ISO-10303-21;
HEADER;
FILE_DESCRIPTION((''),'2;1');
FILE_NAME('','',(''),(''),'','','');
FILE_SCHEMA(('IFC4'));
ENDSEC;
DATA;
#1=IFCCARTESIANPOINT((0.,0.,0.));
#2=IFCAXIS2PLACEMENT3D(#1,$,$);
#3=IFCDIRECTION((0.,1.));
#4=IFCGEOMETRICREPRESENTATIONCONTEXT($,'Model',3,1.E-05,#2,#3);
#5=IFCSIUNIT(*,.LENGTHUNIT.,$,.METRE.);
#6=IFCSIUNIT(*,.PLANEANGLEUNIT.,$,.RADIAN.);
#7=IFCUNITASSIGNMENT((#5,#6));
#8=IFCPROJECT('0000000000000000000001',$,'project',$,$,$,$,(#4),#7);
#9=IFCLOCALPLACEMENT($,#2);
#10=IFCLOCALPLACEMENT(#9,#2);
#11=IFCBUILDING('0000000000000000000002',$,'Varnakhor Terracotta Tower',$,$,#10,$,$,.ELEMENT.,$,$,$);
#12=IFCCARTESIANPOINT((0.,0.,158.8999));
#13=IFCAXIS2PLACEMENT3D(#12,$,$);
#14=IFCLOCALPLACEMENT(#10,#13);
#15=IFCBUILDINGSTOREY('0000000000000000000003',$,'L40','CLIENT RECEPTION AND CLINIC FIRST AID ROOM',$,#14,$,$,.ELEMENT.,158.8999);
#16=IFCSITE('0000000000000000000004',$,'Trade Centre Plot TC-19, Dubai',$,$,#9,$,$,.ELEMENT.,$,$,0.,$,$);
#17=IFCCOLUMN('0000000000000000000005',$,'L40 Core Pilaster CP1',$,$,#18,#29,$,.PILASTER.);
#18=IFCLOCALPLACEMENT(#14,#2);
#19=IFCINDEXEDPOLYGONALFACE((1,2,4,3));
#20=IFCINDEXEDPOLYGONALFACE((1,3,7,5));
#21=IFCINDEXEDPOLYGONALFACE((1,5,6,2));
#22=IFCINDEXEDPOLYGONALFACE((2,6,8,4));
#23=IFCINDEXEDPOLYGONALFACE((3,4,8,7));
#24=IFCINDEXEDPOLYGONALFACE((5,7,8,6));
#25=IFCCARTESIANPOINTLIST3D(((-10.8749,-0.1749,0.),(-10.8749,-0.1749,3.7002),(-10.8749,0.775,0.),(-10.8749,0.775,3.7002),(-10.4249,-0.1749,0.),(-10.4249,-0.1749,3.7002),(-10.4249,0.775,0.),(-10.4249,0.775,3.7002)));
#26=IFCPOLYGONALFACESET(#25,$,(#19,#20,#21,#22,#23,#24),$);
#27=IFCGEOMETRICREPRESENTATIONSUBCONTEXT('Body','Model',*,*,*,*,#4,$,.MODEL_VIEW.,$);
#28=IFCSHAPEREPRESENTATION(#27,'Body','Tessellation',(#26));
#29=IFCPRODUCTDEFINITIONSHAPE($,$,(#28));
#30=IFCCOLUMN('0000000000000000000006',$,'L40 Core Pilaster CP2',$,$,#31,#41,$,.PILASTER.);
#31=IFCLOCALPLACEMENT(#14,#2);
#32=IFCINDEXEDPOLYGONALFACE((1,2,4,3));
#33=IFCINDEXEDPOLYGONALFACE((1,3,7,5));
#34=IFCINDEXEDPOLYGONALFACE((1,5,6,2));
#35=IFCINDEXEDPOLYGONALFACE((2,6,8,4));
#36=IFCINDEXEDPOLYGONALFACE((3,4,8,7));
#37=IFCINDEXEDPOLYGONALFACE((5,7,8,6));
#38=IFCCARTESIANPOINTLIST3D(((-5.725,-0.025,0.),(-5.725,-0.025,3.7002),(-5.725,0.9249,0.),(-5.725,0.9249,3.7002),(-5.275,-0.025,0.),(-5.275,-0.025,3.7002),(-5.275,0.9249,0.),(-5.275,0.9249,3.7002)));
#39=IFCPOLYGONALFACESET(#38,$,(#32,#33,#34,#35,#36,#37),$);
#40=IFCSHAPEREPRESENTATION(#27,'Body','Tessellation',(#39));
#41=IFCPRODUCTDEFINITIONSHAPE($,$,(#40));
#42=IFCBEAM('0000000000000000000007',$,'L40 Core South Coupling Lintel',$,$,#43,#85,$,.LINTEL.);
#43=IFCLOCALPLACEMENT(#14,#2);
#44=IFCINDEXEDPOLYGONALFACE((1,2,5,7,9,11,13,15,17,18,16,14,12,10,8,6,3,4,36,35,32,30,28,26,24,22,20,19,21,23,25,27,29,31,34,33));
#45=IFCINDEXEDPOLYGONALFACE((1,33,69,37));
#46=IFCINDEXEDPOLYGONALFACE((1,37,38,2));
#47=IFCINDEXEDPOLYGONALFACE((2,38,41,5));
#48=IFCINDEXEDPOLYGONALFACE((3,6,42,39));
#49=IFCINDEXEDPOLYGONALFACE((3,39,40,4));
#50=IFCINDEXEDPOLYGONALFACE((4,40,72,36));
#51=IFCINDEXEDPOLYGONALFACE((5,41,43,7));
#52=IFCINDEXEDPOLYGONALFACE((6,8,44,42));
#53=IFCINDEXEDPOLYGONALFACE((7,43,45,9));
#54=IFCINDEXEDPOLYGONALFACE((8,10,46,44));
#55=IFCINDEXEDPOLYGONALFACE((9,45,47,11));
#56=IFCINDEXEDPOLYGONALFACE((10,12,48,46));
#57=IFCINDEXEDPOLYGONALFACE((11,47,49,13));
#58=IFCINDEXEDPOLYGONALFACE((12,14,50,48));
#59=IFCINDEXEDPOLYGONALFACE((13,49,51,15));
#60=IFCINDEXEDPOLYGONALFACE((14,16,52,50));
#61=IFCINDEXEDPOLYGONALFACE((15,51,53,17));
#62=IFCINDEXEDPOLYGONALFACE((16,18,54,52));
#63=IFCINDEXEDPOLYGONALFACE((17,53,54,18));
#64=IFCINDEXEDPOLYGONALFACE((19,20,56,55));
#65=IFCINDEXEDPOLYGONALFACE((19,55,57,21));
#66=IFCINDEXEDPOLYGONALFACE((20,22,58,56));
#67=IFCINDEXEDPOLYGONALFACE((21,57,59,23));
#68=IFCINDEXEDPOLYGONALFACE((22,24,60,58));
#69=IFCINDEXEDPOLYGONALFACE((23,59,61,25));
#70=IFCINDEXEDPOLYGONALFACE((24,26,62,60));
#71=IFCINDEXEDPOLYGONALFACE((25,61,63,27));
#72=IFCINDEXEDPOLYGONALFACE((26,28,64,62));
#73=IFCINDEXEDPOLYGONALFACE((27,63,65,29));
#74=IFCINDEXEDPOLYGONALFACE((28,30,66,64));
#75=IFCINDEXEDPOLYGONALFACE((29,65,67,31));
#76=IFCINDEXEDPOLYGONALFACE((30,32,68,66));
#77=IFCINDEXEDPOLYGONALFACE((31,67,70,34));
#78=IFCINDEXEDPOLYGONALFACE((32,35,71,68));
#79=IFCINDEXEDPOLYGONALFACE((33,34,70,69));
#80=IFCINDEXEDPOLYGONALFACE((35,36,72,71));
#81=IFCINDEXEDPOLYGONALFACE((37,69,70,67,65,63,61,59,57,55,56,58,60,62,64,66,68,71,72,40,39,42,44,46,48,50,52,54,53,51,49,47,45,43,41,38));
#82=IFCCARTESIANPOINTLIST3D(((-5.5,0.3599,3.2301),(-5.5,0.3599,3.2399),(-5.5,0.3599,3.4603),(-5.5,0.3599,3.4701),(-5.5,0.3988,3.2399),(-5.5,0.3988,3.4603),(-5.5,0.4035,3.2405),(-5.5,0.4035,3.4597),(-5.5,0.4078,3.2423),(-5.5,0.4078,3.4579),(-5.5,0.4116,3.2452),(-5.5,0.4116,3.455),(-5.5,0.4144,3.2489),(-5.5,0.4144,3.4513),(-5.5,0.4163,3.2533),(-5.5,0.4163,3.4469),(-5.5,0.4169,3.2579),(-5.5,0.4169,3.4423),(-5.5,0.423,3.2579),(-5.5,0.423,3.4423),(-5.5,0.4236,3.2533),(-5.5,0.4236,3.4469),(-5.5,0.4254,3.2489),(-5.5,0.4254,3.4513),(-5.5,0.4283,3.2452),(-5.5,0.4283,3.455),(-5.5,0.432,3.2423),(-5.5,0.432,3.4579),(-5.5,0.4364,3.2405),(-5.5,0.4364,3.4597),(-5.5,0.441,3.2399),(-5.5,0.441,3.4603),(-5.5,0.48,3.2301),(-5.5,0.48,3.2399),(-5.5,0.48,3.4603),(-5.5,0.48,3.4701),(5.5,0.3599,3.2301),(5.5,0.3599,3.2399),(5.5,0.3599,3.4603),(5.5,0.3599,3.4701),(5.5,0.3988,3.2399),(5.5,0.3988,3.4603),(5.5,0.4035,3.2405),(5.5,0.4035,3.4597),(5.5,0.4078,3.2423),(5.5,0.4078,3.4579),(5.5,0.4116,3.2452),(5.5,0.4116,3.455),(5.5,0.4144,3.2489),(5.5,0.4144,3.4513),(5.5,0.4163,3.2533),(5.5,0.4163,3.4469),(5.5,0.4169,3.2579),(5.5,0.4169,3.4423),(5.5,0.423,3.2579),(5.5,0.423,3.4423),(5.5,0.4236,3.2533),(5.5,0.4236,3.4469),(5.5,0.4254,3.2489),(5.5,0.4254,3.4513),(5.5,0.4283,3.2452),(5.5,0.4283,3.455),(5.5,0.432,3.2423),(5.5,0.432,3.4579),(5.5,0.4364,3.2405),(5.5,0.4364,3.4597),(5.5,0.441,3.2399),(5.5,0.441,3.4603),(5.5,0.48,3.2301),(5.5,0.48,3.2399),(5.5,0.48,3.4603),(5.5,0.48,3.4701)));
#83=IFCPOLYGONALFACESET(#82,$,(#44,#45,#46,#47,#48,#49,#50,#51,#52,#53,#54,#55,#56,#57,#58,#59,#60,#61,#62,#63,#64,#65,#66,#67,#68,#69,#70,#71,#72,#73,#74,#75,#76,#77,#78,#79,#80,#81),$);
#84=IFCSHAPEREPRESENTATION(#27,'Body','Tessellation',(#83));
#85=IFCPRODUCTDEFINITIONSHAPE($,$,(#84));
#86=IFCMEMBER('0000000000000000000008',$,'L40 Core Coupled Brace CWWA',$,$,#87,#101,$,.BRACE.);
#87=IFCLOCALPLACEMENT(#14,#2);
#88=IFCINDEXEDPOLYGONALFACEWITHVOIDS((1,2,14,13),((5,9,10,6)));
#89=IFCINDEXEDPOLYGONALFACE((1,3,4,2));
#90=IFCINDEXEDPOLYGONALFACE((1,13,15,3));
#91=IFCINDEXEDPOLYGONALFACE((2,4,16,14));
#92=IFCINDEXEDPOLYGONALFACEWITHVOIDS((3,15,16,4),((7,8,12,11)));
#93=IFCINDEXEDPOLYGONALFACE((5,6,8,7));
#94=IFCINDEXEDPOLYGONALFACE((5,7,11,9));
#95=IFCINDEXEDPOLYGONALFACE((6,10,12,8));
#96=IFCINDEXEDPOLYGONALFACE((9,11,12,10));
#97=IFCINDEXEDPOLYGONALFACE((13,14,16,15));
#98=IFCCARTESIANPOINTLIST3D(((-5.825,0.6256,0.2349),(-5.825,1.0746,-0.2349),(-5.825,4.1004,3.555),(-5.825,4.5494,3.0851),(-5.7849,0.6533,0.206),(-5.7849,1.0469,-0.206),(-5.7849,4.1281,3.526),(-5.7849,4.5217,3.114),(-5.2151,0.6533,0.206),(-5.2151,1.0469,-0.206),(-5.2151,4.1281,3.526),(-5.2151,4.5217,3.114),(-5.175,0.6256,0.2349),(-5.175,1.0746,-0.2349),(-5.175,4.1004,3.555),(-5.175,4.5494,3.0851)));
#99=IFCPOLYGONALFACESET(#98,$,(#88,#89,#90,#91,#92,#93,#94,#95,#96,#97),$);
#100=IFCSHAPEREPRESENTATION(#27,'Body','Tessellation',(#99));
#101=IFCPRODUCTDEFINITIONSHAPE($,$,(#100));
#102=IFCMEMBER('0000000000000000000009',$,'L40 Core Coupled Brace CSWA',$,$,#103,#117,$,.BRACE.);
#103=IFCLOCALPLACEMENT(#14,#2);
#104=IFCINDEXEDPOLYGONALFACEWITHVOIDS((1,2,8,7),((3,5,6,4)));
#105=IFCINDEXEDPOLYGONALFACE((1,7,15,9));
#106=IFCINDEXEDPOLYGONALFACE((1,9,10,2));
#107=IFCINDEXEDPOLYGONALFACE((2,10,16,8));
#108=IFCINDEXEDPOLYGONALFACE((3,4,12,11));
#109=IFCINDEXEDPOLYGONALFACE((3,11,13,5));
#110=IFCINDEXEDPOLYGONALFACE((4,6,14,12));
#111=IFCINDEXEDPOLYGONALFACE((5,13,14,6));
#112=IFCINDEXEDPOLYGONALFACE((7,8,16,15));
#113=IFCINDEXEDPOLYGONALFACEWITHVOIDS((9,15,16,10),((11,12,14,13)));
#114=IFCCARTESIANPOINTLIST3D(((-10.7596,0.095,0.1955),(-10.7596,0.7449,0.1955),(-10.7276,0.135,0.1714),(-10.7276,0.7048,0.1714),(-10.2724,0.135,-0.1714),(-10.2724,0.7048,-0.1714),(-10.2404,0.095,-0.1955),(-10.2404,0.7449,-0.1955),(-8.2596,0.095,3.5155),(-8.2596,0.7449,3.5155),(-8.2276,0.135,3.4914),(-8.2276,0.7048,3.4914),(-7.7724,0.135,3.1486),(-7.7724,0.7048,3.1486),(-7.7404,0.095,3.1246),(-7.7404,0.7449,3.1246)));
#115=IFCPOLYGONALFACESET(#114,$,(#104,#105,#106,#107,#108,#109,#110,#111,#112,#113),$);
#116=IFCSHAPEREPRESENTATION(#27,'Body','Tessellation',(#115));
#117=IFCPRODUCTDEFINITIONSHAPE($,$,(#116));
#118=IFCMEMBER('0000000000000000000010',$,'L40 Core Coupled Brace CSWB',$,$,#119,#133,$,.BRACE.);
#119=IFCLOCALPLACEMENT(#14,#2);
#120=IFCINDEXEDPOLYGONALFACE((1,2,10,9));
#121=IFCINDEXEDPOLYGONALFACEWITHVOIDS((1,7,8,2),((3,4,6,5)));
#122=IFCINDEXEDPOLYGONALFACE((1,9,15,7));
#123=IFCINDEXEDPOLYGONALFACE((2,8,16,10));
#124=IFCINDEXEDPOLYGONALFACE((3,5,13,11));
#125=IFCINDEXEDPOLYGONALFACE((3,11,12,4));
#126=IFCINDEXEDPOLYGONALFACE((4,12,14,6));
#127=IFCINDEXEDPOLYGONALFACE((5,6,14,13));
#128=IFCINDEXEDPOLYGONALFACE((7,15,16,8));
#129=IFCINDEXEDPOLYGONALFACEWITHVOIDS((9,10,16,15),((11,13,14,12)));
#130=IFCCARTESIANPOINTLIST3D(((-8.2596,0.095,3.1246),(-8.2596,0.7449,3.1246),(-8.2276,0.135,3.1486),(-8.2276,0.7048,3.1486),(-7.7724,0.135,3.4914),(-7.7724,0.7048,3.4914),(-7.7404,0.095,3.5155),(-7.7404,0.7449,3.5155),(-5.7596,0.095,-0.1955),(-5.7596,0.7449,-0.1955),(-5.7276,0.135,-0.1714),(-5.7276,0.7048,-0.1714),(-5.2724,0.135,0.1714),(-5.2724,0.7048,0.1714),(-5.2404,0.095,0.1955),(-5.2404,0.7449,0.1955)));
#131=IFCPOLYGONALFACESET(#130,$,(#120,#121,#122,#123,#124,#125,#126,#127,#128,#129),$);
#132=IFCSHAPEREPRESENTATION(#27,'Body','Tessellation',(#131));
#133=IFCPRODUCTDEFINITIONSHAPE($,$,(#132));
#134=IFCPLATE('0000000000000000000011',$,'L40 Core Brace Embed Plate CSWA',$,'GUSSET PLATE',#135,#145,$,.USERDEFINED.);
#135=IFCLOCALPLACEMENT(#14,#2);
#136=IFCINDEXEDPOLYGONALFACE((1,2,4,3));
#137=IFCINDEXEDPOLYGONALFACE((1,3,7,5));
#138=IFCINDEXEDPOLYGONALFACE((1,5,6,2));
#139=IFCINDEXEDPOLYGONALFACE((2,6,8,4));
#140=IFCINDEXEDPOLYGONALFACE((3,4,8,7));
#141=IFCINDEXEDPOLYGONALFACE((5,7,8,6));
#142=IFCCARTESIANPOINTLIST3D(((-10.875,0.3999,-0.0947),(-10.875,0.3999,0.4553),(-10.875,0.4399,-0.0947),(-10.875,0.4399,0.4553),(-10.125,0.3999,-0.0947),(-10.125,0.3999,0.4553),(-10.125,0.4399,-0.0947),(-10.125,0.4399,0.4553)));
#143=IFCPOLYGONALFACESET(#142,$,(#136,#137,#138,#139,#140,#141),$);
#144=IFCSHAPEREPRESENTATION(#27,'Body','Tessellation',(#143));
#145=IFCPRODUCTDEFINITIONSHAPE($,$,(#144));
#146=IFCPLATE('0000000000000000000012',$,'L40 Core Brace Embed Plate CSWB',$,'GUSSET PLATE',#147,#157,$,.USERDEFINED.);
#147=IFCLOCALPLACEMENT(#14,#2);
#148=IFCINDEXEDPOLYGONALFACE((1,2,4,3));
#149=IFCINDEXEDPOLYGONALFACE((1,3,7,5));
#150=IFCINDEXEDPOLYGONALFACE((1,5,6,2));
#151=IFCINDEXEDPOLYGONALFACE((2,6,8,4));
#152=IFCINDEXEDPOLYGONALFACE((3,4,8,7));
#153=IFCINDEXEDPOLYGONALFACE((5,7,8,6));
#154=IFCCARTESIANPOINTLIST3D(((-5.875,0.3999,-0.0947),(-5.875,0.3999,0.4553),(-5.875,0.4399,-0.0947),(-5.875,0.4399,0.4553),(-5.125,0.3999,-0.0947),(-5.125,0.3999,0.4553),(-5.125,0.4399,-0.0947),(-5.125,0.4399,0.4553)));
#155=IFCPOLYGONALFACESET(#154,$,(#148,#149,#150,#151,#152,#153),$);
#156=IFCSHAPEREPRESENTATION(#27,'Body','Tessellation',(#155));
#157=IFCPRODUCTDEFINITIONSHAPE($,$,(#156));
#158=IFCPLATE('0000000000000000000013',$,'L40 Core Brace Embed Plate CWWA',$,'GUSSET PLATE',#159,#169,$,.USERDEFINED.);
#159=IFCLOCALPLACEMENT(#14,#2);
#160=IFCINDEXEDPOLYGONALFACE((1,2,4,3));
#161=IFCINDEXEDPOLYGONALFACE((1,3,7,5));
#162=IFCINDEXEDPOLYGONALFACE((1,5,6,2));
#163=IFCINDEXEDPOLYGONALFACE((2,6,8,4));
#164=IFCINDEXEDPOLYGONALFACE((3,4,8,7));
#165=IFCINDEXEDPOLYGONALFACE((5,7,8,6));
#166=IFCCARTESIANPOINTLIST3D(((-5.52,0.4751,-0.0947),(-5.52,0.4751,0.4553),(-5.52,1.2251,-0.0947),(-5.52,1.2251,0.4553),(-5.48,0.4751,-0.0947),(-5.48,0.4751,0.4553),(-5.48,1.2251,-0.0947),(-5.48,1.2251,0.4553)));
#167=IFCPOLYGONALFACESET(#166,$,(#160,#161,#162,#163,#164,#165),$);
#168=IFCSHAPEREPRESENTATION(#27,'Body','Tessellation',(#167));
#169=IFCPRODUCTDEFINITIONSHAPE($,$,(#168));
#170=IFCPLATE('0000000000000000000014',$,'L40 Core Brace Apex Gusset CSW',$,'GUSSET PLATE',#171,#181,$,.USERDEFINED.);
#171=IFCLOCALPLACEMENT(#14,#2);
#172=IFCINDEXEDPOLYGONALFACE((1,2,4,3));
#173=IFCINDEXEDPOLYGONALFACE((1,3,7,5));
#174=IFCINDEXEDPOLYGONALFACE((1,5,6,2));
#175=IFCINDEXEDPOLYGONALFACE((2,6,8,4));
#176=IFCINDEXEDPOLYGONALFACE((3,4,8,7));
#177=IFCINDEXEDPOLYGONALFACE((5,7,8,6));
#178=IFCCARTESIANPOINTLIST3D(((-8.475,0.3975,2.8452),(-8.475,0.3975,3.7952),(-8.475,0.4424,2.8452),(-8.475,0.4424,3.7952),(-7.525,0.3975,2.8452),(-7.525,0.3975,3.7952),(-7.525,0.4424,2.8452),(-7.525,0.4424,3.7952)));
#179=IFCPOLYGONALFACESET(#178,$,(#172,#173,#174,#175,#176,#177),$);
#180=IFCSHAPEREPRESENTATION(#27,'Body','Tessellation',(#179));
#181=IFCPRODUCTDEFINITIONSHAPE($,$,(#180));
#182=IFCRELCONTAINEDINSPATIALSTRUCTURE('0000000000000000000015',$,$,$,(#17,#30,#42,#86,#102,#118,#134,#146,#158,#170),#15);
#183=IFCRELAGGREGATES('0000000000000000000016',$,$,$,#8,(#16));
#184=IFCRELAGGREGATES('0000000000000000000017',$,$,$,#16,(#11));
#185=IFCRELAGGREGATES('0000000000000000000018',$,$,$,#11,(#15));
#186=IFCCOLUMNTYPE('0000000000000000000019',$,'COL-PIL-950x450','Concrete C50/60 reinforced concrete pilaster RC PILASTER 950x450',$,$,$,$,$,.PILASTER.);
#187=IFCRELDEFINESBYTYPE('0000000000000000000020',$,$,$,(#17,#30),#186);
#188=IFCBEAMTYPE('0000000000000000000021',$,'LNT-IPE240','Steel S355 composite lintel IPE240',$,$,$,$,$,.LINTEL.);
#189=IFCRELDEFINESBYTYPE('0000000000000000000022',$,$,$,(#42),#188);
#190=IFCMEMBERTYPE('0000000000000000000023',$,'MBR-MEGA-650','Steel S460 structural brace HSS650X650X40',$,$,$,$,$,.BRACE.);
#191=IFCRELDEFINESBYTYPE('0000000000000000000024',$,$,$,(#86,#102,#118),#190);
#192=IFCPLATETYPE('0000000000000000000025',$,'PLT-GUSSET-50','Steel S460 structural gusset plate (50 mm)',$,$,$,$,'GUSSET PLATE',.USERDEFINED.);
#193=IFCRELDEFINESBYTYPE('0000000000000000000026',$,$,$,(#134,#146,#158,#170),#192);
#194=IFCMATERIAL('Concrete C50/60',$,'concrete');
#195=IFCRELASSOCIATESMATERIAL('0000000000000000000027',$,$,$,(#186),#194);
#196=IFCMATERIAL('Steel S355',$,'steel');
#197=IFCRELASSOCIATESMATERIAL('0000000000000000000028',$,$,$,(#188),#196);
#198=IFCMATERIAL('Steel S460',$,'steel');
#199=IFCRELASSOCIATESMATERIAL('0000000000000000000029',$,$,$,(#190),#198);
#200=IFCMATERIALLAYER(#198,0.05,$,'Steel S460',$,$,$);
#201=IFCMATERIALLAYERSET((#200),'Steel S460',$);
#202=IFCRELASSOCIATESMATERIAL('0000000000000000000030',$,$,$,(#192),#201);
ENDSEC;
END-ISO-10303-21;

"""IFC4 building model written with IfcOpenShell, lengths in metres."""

from ifc_helpers import new_model, si_unit, direction, frame, origin, origin_2d, place, context, subcontext, project, spatial, rectangle, hollow_rectangle, i_section, extrude, source, transform, mapped, material, layer, layer_set, material_profile, profile_set, type_object, type_shapes, element, save


model = new_model("IFC4")

# Units and contexts
model_context = context("Model", 3, precision=1e-05, world=origin(), true_north=direction((0.0, 1.0)))
body_context = subcontext(model_context, "Body", "Model", "MODEL_VIEW")
ifc_project = project(units=[si_unit("LENGTHUNIT", "METRE"), si_unit("PLANEANGLEUNIT", "RADIAN")], contexts=[model_context])

# Site, building, storey
site_placement = place(None, origin())
site = spatial("IfcSite", under=ifc_project, at=site_placement, Name="Trade Centre Plot TC-19, Dubai", CompositionType="ELEMENT", RefElevation=0.0)
building_placement = place(site_placement, origin())
building = spatial("IfcBuilding", under=site, at=building_placement, Name="Varnakhor Terracotta Tower", CompositionType="ELEMENT")
storey_placement = place(building_placement, frame((0.0, 0.0, 158.8999)))
storey = spatial("IfcBuildingStorey", under=building, at=storey_placement, Name="L40", Description="CLIENT RECEPTION AND CLINIC FIRST AID ROOM", CompositionType="ELEMENT", Elevation=158.8999)

# Columns
ifc_material_1 = material(Name="Concrete C50/60", Category="concrete")
ifc_material_profile_1 = material_profile(ifc_material_1, rectangle(XDim=0.45, YDim=0.95, at=origin_2d()), Name="RC PILASTER 950x450")
ifc_profile_set_1 = profile_set([ifc_material_profile_1], Name="Concrete C50/60")
column_type = type_object("IfcColumnType", Name="COL-PIL-950x450", Description="Concrete C50/60 reinforced concrete pilaster RC PILASTER 950x450", PredefinedType="PILASTER", material=ifc_profile_set_1)
shared_shape_1 = source(origin(), body_context, "Body", "SweptSolid", [
    extrude(rectangle(XDim=0.45, YDim=0.95, at=origin_2d()), origin(), (0.0, 0.0, 1.0), 3.7002),
])
for number, where, z_axis, x_axis, name in (
    (1, (-10.6499, 0.3, 0.0), (0.0, 0.0, 1.0), (1.0, 0.0, 0.0), "L40 Core Pilaster CP1"),
    (2, (-5.5, 0.45, 0.0), (0.0, 0.0, 1.0), (1.0, 0.0, 0.0), "L40 Core Pilaster CP2"),
):
    element("IfcColumn", number, at=place(storey_placement, frame(where, z_axis=z_axis, x_axis=x_axis)), inside=storey, type_object=column_type, Name=name, PredefinedType="PILASTER", context=body_context, shape_type="MappedRepresentation", body=[
        mapped(shared_shape_1, transform((0.0, 0.0, 0.0), scale=1.0)),
    ])

# Beam
ifc_material_2 = material(Name="Steel S355", Category="steel")
ifc_material_profile_2 = material_profile(ifc_material_2, i_section(OverallWidth=0.1201, OverallDepth=0.24, WebThickness=0.0061, FlangeThickness=0.0098, FilletRadius=0.0181, at=origin_2d()), Name="IPE240")
ifc_profile_set_2 = profile_set([ifc_material_profile_2], Name="Steel S355")
beam_type = type_object("IfcBeamType", Name="LNT-IPE240", Description="Steel S355 composite lintel IPE240", PredefinedType="LINTEL", material=ifc_profile_set_2)
shared_shape_2 = source(origin(), body_context, "Body", "SweptSolid", [
    extrude(i_section(OverallWidth=0.1201, OverallDepth=0.24, WebThickness=0.0061, FlangeThickness=0.0098, FilletRadius=0.0181, at=origin_2d()), origin(), (0.0, 0.0, 1.0), 11.0),
])
type_shapes(beam_type, [shared_shape_2])
beam_placement = place(storey_placement, frame((-5.5, 0.4199, 3.3501), z_axis=(1.0, 0.0, 0.0), x_axis=(0.0, 1.0, 0.0)))
element("IfcBeam", 3, at=beam_placement, inside=storey, type_object=beam_type, Name="L40 Core South Coupling Lintel", PredefinedType="LINTEL", context=body_context, shape_type="MappedRepresentation", body=[
    mapped(shared_shape_2, transform((0.0, 0.0, 0.0), scale=1.0)),
])

# Members
ifc_material_3 = material(Name="Steel S460", Category="steel")
ifc_material_profile_3 = material_profile(ifc_material_3, hollow_rectangle(XDim=0.6499, YDim=0.6499, WallThickness=0.04, at=origin_2d()), Name="HSS650X650X40")
ifc_profile_set_3 = profile_set([ifc_material_profile_3], Name="Steel S460")
member_type = type_object("IfcMemberType", Name="MBR-MEGA-650", Description="Steel S460 structural brace HSS650X650X40", PredefinedType="BRACE", material=ifc_profile_set_3)
shared_shape_3 = source(origin(), body_context, "Body", "SweptSolid", [
    extrude(hollow_rectangle(XDim=0.6499, YDim=0.6499, WallThickness=0.04, at=origin_2d()), origin(), (0.0, 0.0, 1.0), 4.8059),
])
member_placement = place(storey_placement, frame((-5.5, 0.8501, 0.0), z_axis=(0.0, 0.723027, 0.69082), x_axis=(-1.0, 0.0, 0.0)))
element("IfcMember", 4, at=member_placement, inside=storey, type_object=member_type, Name="L40 Core Coupled Brace CWWA", PredefinedType="BRACE", context=body_context, shape_type="MappedRepresentation", body=[
    mapped(shared_shape_3, transform((0.0, 0.0, 0.0), scale=1.0)),
])
shared_shape_4 = source(origin(), body_context, "Body", "SweptSolid", [
    extrude(hollow_rectangle(XDim=0.6499, YDim=0.6499, WallThickness=0.04, at=origin_2d()), origin(), (0.0, 0.0, 1.0), 4.156),
])
for number, where, z_axis, x_axis, name in (
    (5, (-10.5, 0.4199, 0.0), (0.601531, 0.0, 0.79885), (0.0, 1.0, 0.0), "L40 Core Coupled Brace CSWA"),
    (6, (-5.5, 0.4199, 0.0), (-0.601531, 0.0, 0.79885), (0.0, -1.0, 0.0), "L40 Core Coupled Brace CSWB"),
):
    element("IfcMember", number, at=place(storey_placement, frame(where, z_axis=z_axis, x_axis=x_axis)), inside=storey, type_object=member_type, Name=name, PredefinedType="BRACE", context=body_context, shape_type="MappedRepresentation", body=[
        mapped(shared_shape_4, transform((0.0, 0.0, 0.0), scale=1.0)),
    ])

# Plates
ifc_layer_1 = layer(ifc_material_3, 0.05, Name="Steel S460")
ifc_layer_set_1 = layer_set([ifc_layer_1], Name="Steel S460")
plate_type = type_object("IfcPlateType", Name="PLT-GUSSET-50", Description="Steel S460 structural gusset plate (50 mm)", ElementType="GUSSET PLATE", PredefinedType="USERDEFINED", material=ifc_layer_set_1)
shared_shape_5 = source(origin(), body_context, "Body", "SweptSolid", [
    extrude(rectangle(XDim=0.75, YDim=0.04, at=origin_2d()), origin(), (0.0, 0.0, 1.0), 0.55),
])
type_shapes(plate_type, [shared_shape_5])
for number, where, z_axis, x_axis, name in (
    (7, (-10.5, 0.4199, -0.0947), (0.0, 0.0, 1.0), (1.0, 0.0, 0.0), "L40 Core Brace Embed Plate CSWA"),
    (8, (-5.5, 0.4199, -0.0947), (0.0, 0.0, 1.0), (1.0, 0.0, 0.0), "L40 Core Brace Embed Plate CSWB"),
    (9, (-5.5, 0.8501, -0.0947), (0.0, 0.0, 1.0), (0.0, 1.0, 0.0), "L40 Core Brace Embed Plate CWWA"),
):
    element("IfcPlate", number, at=place(storey_placement, frame(where, z_axis=z_axis, x_axis=x_axis)), inside=storey, type_object=plate_type, Name=name, ObjectType="GUSSET PLATE", PredefinedType="USERDEFINED", context=body_context, shape_type="MappedRepresentation", body=[
        mapped(shared_shape_5, transform((0.0, 0.0, 0.0), scale=1.0)),
    ])
shared_shape_6 = source(origin(), body_context, "Body", "SweptSolid", [
    extrude(rectangle(XDim=0.95, YDim=0.0449, at=origin_2d()), origin(), (0.0, 0.0, 1.0), 0.95),
])
plate_placement = place(storey_placement, frame((-8.0, 0.4199, 2.8452), z_axis=(0.0, 0.0, 1.0), x_axis=(1.0, 0.0, 0.0)))
element("IfcPlate", 10, at=plate_placement, inside=storey, type_object=plate_type, Name="L40 Core Brace Apex Gusset CSW", ObjectType="GUSSET PLATE", PredefinedType="USERDEFINED", context=body_context, shape_type="MappedRepresentation", body=[
    mapped(shared_shape_6, transform((0.0, 0.0, 0.0), scale=1.0)),
])

save(model, "model.ifc")
